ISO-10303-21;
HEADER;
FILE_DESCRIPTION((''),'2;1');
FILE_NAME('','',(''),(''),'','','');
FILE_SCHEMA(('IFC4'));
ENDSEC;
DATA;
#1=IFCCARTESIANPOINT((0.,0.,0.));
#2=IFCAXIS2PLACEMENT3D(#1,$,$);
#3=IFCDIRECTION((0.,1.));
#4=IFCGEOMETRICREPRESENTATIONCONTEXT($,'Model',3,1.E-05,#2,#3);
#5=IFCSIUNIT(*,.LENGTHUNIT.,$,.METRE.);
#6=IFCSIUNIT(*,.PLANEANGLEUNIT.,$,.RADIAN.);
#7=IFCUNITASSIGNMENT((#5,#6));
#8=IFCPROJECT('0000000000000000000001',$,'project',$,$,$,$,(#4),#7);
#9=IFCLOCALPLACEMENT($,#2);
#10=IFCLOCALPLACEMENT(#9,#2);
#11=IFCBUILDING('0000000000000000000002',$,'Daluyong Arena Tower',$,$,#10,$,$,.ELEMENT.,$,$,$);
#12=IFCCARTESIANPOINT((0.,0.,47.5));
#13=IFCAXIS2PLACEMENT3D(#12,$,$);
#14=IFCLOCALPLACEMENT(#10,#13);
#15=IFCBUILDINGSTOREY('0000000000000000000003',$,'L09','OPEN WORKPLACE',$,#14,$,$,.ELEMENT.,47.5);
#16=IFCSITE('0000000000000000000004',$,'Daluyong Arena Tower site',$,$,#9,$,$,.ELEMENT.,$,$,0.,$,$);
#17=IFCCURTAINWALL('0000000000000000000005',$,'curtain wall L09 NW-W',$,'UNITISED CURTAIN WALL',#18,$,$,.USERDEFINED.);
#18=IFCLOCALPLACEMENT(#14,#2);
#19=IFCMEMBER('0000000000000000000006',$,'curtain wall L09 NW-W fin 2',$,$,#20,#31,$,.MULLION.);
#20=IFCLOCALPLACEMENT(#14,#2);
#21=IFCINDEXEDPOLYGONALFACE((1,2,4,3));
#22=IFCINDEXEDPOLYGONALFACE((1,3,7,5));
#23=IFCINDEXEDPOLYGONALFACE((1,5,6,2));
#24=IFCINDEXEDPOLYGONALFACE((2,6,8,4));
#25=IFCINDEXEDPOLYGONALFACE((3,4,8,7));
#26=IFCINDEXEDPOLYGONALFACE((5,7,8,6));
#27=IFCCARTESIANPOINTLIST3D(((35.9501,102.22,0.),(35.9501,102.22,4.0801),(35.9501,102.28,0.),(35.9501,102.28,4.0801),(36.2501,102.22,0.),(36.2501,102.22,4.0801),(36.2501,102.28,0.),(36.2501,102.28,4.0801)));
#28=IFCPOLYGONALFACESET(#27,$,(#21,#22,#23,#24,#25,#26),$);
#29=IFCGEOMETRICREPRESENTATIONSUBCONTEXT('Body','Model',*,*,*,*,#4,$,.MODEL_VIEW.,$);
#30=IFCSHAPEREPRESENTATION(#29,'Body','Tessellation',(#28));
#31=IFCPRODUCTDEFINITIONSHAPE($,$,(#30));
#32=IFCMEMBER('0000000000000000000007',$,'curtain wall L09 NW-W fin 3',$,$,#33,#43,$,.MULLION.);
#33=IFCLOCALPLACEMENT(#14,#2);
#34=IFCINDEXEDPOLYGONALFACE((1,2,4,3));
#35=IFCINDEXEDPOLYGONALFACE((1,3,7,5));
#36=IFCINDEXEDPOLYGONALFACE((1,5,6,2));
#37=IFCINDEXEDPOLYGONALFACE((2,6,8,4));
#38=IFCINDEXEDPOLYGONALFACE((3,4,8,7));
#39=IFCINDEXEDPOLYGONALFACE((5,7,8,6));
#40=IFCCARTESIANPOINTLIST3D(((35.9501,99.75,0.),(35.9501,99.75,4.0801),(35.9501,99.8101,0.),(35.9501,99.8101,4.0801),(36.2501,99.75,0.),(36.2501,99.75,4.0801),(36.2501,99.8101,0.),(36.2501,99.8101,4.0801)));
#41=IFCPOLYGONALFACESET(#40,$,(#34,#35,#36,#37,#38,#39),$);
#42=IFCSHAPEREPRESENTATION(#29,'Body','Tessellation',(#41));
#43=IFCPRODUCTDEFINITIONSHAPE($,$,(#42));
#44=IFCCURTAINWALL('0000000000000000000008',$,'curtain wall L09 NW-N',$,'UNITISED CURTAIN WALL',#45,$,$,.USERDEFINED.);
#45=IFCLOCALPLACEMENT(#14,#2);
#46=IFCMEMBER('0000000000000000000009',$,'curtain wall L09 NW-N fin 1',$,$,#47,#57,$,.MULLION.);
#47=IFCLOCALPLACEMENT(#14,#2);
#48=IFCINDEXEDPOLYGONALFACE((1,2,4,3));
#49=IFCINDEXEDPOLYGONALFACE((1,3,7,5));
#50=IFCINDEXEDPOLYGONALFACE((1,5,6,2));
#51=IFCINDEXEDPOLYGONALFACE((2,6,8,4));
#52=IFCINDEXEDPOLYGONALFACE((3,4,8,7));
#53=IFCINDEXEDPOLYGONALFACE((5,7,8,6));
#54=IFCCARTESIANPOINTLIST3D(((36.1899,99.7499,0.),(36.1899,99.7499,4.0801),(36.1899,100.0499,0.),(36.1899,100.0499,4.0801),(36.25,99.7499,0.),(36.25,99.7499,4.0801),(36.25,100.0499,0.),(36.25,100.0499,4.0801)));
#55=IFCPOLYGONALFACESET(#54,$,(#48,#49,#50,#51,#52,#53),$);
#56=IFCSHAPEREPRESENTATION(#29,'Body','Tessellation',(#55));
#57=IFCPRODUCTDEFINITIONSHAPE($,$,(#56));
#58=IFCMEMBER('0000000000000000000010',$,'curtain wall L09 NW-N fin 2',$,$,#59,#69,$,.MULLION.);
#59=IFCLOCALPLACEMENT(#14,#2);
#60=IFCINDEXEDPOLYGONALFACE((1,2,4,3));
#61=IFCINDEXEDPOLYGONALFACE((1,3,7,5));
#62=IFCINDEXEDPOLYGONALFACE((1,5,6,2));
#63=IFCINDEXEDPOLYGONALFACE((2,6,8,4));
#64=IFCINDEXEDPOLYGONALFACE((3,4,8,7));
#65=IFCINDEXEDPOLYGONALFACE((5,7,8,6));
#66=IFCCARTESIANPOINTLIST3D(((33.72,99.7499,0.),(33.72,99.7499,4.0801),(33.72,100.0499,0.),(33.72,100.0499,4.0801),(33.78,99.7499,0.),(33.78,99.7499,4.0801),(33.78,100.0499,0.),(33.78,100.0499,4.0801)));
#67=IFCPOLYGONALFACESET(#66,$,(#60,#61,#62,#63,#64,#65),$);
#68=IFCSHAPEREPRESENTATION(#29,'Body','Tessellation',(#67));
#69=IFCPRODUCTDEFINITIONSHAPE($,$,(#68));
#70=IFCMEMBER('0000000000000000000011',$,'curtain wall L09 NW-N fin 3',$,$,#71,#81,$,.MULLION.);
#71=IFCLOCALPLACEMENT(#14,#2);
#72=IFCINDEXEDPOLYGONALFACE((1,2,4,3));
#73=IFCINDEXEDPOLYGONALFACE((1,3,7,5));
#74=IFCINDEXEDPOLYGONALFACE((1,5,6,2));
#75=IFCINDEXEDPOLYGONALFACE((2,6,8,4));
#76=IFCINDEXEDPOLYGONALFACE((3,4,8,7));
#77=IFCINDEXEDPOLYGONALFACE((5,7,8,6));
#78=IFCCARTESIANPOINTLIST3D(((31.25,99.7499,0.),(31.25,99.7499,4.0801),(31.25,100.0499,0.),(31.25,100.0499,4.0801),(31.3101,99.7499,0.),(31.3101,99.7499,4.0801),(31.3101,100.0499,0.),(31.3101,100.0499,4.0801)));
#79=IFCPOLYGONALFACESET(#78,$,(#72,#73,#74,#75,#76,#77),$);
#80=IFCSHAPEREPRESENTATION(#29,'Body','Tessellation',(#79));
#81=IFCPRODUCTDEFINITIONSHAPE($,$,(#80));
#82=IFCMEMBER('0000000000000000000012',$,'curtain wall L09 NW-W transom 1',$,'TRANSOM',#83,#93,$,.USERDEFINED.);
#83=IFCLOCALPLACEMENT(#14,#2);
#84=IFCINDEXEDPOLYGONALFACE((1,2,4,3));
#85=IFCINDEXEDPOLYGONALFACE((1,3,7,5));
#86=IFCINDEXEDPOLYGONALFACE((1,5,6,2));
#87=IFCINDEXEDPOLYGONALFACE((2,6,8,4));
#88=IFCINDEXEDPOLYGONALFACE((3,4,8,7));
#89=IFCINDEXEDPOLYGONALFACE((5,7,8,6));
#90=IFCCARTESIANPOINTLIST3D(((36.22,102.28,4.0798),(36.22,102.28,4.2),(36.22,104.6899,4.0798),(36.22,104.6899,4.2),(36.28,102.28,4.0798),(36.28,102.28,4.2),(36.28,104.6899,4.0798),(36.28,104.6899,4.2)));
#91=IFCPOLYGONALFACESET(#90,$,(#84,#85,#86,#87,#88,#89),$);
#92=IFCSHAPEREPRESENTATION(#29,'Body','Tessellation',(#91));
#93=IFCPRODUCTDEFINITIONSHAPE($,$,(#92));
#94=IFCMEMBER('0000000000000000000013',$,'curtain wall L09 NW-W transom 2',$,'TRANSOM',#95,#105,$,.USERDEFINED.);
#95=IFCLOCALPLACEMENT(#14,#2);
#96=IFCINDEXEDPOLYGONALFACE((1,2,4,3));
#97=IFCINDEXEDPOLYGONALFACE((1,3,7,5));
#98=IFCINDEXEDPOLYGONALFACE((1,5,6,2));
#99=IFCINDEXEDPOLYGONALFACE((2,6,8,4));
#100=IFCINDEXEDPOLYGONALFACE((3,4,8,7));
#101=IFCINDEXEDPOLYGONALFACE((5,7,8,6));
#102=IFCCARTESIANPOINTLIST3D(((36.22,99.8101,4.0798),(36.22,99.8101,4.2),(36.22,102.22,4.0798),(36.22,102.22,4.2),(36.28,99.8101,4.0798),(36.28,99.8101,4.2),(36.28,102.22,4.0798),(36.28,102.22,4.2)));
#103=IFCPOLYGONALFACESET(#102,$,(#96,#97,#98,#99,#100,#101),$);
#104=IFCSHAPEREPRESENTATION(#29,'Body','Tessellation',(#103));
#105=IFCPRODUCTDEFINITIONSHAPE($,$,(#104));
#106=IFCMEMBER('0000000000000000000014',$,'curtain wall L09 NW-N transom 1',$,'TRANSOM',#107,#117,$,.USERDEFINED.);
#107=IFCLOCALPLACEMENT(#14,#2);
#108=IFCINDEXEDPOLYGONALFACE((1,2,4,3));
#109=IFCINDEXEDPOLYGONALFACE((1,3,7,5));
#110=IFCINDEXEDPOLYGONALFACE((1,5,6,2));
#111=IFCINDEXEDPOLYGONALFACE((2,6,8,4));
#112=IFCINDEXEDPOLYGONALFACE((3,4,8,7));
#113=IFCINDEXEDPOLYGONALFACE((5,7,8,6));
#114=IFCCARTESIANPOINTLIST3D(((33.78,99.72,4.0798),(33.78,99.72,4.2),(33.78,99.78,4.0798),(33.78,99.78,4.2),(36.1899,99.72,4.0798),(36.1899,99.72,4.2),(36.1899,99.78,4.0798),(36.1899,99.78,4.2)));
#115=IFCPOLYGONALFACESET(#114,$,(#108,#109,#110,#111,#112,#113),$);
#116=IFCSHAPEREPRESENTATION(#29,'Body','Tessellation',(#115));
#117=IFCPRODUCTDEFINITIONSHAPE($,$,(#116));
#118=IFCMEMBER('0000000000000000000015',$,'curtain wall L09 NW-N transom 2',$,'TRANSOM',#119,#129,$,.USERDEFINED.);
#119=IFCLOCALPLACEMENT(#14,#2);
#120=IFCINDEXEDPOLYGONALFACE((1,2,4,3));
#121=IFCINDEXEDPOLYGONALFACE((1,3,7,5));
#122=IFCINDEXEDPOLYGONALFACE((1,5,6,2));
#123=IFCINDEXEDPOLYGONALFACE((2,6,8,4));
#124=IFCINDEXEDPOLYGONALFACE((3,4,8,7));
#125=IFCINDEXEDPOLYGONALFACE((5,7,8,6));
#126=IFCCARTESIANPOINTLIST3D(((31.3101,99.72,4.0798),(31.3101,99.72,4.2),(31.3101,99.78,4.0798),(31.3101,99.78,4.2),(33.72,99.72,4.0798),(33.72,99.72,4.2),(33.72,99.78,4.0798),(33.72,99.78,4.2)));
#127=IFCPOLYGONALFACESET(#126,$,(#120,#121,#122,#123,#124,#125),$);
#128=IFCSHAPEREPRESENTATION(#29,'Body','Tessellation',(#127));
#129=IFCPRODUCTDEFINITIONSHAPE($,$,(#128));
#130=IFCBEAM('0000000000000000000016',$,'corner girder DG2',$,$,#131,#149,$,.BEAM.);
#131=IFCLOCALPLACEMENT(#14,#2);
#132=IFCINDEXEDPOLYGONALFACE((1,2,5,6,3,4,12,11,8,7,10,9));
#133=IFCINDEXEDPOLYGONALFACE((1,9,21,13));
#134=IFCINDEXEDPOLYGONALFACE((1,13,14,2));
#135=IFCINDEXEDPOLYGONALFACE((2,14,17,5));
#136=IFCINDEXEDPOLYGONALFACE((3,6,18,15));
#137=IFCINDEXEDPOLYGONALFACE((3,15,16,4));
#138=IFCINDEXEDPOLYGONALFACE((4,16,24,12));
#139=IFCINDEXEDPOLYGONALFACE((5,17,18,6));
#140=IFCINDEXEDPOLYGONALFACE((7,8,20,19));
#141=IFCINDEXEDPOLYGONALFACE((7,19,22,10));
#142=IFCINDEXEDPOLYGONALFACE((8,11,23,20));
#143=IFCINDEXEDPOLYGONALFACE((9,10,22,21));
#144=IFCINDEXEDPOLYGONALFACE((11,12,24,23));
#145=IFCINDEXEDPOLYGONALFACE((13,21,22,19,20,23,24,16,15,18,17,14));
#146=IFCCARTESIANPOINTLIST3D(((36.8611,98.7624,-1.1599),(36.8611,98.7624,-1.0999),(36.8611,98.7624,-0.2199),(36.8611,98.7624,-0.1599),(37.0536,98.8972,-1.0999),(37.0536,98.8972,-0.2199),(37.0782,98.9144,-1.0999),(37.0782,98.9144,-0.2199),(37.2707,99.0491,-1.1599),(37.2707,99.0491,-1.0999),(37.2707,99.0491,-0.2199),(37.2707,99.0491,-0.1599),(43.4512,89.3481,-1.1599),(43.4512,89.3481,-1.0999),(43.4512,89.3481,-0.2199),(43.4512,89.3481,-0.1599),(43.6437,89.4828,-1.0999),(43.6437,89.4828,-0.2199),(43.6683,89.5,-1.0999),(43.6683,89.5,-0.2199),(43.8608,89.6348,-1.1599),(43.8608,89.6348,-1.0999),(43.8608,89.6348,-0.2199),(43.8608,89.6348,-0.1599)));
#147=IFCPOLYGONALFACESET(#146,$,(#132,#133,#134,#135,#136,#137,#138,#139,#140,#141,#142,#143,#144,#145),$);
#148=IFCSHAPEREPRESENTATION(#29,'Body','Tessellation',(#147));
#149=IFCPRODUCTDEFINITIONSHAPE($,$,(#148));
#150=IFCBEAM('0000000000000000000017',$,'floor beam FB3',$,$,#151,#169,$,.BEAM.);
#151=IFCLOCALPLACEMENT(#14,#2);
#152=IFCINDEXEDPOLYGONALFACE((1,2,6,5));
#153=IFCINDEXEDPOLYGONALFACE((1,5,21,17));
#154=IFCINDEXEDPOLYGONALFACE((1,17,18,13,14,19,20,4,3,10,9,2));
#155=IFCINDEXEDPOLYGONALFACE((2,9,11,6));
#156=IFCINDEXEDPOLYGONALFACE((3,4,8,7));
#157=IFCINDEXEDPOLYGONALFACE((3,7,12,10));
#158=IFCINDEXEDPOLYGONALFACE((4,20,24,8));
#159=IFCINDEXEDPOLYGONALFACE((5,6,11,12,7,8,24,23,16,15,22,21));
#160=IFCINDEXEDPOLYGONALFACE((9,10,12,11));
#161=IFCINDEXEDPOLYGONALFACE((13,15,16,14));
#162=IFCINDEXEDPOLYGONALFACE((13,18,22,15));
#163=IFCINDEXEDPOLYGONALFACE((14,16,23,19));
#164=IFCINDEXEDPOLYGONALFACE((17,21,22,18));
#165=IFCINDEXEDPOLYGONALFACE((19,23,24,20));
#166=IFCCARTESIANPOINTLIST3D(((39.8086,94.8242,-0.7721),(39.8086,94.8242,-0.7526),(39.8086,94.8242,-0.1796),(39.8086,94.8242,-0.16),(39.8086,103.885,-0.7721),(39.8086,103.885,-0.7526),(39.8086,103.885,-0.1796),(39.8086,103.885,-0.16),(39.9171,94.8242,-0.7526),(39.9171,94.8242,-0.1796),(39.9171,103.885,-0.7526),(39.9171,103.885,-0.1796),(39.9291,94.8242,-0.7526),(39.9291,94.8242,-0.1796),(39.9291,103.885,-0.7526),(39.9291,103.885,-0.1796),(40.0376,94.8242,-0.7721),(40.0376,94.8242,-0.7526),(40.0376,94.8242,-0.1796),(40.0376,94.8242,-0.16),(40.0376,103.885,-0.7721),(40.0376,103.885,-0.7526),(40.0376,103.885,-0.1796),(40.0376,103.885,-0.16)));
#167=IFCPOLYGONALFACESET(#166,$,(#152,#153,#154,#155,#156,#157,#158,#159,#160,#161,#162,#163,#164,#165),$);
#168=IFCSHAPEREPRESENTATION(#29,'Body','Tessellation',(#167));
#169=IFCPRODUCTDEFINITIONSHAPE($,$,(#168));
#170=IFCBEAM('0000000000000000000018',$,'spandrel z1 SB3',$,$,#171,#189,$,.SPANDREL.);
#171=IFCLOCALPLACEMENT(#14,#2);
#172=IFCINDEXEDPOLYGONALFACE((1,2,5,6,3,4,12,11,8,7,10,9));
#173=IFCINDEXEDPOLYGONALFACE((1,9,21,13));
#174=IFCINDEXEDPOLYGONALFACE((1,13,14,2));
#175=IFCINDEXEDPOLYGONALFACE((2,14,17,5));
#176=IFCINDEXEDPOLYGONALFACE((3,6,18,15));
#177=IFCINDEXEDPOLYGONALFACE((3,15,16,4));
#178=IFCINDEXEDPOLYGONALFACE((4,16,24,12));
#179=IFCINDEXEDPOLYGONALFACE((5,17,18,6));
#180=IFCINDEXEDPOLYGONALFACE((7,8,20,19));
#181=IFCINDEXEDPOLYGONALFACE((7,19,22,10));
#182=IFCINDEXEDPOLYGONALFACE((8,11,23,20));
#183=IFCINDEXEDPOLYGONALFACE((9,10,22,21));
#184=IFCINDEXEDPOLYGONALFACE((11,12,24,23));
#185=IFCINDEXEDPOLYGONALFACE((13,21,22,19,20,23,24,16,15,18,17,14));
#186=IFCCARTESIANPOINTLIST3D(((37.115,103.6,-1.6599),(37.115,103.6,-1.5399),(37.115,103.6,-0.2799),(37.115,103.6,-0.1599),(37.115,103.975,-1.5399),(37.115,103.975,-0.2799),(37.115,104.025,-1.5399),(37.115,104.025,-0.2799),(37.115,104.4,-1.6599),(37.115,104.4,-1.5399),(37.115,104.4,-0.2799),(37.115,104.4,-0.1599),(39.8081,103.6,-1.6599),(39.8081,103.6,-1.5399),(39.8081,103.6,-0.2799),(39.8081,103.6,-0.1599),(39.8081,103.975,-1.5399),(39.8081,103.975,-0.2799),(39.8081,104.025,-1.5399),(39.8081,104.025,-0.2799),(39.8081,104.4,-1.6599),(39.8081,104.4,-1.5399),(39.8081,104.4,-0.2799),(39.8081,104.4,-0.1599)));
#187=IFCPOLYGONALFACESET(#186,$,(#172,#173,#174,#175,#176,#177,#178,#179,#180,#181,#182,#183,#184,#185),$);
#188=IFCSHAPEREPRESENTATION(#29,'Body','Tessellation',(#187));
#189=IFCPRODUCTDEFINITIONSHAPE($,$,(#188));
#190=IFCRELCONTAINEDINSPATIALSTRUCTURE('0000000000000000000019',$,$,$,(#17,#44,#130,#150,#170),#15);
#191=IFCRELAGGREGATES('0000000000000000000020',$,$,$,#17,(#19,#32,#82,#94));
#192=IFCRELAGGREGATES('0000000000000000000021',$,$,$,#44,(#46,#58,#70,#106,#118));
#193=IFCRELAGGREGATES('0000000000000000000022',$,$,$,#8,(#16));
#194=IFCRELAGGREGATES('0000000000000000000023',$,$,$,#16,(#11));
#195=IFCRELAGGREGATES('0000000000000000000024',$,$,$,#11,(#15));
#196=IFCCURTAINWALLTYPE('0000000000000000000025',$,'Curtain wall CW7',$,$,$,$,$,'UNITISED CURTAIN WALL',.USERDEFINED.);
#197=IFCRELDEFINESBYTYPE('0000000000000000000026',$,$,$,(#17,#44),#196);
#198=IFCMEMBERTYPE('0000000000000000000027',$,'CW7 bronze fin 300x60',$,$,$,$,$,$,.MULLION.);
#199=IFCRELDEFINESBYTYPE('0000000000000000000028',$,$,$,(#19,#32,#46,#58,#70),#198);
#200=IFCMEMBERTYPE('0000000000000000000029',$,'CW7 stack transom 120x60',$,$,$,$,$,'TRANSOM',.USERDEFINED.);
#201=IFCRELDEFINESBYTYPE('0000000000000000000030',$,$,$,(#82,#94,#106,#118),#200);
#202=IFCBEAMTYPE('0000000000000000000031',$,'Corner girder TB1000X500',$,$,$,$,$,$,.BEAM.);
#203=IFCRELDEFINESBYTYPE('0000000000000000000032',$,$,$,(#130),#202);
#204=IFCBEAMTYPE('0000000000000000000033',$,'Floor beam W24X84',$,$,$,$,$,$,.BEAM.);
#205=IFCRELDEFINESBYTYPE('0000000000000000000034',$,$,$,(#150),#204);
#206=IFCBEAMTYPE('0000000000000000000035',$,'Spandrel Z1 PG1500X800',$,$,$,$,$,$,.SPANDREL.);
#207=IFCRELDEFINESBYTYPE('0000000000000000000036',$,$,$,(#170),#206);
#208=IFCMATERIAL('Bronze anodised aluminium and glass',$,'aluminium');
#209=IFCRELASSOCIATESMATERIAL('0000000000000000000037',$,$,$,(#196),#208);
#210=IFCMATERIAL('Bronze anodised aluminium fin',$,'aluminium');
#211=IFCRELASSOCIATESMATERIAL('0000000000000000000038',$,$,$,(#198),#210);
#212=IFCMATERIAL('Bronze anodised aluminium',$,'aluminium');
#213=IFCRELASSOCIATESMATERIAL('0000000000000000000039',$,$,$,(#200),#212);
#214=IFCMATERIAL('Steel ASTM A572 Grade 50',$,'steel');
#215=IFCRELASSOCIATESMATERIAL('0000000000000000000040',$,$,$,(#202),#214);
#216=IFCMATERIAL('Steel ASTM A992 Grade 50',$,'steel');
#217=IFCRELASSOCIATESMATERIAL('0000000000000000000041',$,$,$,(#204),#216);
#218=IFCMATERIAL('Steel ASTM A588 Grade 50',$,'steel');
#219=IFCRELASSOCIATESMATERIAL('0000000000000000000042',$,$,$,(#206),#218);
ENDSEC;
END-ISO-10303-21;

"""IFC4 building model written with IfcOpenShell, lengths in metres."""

from ifc_helpers import new_model, si_unit, direction, frame, origin, origin_2d, place, context, subcontext, project, spatial, rectangle, i_section, extrude, material, material_profile, profile_set, type_object, element, aggregate, save


model = new_model("IFC4")

# Units and contexts
model_context = context("Model", 3, precision=1e-05, world=origin(), true_north=direction((0.0, 1.0)))
body_context = subcontext(model_context, "Body", "Model", "MODEL_VIEW")
ifc_project = project(units=[si_unit("LENGTHUNIT", "METRE"), si_unit("PLANEANGLEUNIT", "RADIAN")], contexts=[model_context])

# Site, building, storey
site_placement = place(None, origin())
site = spatial("IfcSite", under=ifc_project, at=site_placement, Name="Daluyong Arena Tower site", CompositionType="ELEMENT", RefElevation=0.0)
building_placement = place(site_placement, origin())
building = spatial("IfcBuilding", under=site, at=building_placement, Name="Daluyong Arena Tower", CompositionType="ELEMENT")
storey_placement = place(building_placement, frame((0.0, 0.0, 47.5)))
storey = spatial("IfcBuildingStorey", under=building, at=storey_placement, Name="L09", Description="OPEN WORKPLACE", CompositionType="ELEMENT", Elevation=47.5)

# Curtain walls, members
ifc_material_1 = material(Name="Bronze anodised aluminium and glass", Category="aluminium")
curtain_wall_type_1 = type_object("IfcCurtainWallType", Name="Curtain wall CW7", ElementType="UNITISED CURTAIN WALL", PredefinedType="USERDEFINED", material=ifc_material_1)
curtain_wall_1_placement = place(storey_placement, origin())
curtain_wall_1 = element("IfcCurtainWall", 1, at=curtain_wall_1_placement, inside=storey, type_object=curtain_wall_type_1, Name="curtain wall L09 NW-W", ObjectType="UNITISED CURTAIN WALL", PredefinedType="USERDEFINED")
ifc_material_2 = material(Name="Bronze anodised aluminium fin", Category="aluminium")
ifc_material_profile_1 = material_profile(ifc_material_2, rectangle(XDim=0.3, YDim=0.0601, at=origin_2d()))
ifc_profile_set_1 = profile_set([ifc_material_profile_1], Name="Bronze anodised aluminium fin")
member_type_1 = type_object("IfcMemberType", Name="CW7 bronze fin 300x60", PredefinedType="MULLION", material=ifc_profile_set_1)
member_1_placement = place(storey_placement, frame((36.1001, 102.25, 0.0), z_axis=(0.0, 0.0, 1.0), x_axis=(1.0, 0.0, 0.0)))
member_1 = element("IfcMember", 2, at=member_1_placement, type_object=member_type_1, Name="curtain wall L09 NW-W fin 2", PredefinedType="MULLION", context=body_context, shape_type="SweptSolid", body=[
    extrude(rectangle(XDim=0.3, YDim=0.0601, at=origin_2d()), origin(), (0.0, 0.0, 1.0), 4.0801),
])
member_2_placement = place(storey_placement, frame((36.1001, 99.78, 0.0), z_axis=(0.0, 0.0, 1.0), x_axis=(1.0, 0.0, 0.0)))
member_2 = element("IfcMember", 3, at=member_2_placement, type_object=member_type_1, Name="curtain wall L09 NW-W fin 3", PredefinedType="MULLION", context=body_context, shape_type="SweptSolid", body=[
    extrude(rectangle(XDim=0.3, YDim=0.0601, at=origin_2d()), origin(), (0.0, 0.0, 1.0), 4.0801),
])
curtain_wall_2_placement = place(storey_placement, origin())
curtain_wall_2 = element("IfcCurtainWall", 4, at=curtain_wall_2_placement, inside=storey, type_object=curtain_wall_type_1, Name="curtain wall L09 NW-N", ObjectType="UNITISED CURTAIN WALL", PredefinedType="USERDEFINED")
member_3_placement = place(storey_placement, frame((36.22, 99.8999, 0.0), z_axis=(0.0, 0.0, 1.0), x_axis=(0.0, -1.0, 0.0)))
member_3 = element("IfcMember", 5, at=member_3_placement, type_object=member_type_1, Name="curtain wall L09 NW-N fin 1", PredefinedType="MULLION", context=body_context, shape_type="SweptSolid", body=[
    extrude(rectangle(XDim=0.3, YDim=0.0601, at=origin_2d()), origin(), (0.0, 0.0, 1.0), 4.0801),
])
member_4_placement = place(storey_placement, frame((33.75, 99.8999, 0.0), z_axis=(0.0, 0.0, 1.0), x_axis=(0.0, -1.0, 0.0)))
member_4 = element("IfcMember", 6, at=member_4_placement, type_object=member_type_1, Name="curtain wall L09 NW-N fin 2", PredefinedType="MULLION", context=body_context, shape_type="SweptSolid", body=[
    extrude(rectangle(XDim=0.3, YDim=0.0601, at=origin_2d()), origin(), (0.0, 0.0, 1.0), 4.0801),
])
member_5_placement = place(storey_placement, frame((31.28, 99.8999, 0.0), z_axis=(0.0, 0.0, 1.0), x_axis=(0.0, -1.0, 0.0)))
member_5 = element("IfcMember", 7, at=member_5_placement, type_object=member_type_1, Name="curtain wall L09 NW-N fin 3", PredefinedType="MULLION", context=body_context, shape_type="SweptSolid", body=[
    extrude(rectangle(XDim=0.3, YDim=0.0601, at=origin_2d()), origin(), (0.0, 0.0, 1.0), 4.0801),
])

# Members
ifc_material_3 = material(Name="Bronze anodised aluminium", Category="aluminium")
ifc_material_profile_2 = material_profile(ifc_material_3, rectangle(XDim=0.0601, YDim=0.1201, at=origin_2d()))
ifc_profile_set_2 = profile_set([ifc_material_profile_2], Name="Bronze anodised aluminium")
member_type_2 = type_object("IfcMemberType", Name="CW7 stack transom 120x60", ElementType="TRANSOM", PredefinedType="USERDEFINED", material=ifc_profile_set_2)
member_6_placement = place(storey_placement, frame((36.25, 104.6899, 4.1399), z_axis=(0.0, -1.0, 0.0), x_axis=(1.0, 0.0, 0.0)))
member_6 = element("IfcMember", 8, at=member_6_placement, type_object=member_type_2, Name="curtain wall L09 NW-W transom 1", ObjectType="TRANSOM", PredefinedType="USERDEFINED", context=body_context, shape_type="SweptSolid", body=[
    extrude(rectangle(XDim=0.0601, YDim=0.1201, at=origin_2d()), origin(), (0.0, 0.0, 1.0), 2.4099),
])
member_7_placement = place(storey_placement, frame((36.25, 102.22, 4.1399), z_axis=(0.0, -1.0, 0.0), x_axis=(1.0, 0.0, 0.0)))
member_7 = element("IfcMember", 9, at=member_7_placement, type_object=member_type_2, Name="curtain wall L09 NW-W transom 2", ObjectType="TRANSOM", PredefinedType="USERDEFINED", context=body_context, shape_type="SweptSolid", body=[
    extrude(rectangle(XDim=0.0601, YDim=0.1201, at=origin_2d()), origin(), (0.0, 0.0, 1.0), 2.4099),
])
member_8_placement = place(storey_placement, frame((36.1899, 99.75, 4.1399), z_axis=(-1.0, 0.0, 0.0), x_axis=(0.0, -1.0, 0.0)))
member_8 = element("IfcMember", 10, at=member_8_placement, type_object=member_type_2, Name="curtain wall L09 NW-N transom 1", ObjectType="TRANSOM", PredefinedType="USERDEFINED", context=body_context, shape_type="SweptSolid", body=[
    extrude(rectangle(XDim=0.0601, YDim=0.1201, at=origin_2d()), origin(), (0.0, 0.0, 1.0), 2.4099),
])
member_9_placement = place(storey_placement, frame((33.72, 99.75, 4.1399), z_axis=(-1.0, 0.0, 0.0), x_axis=(0.0, -1.0, 0.0)))
member_9 = element("IfcMember", 11, at=member_9_placement, type_object=member_type_2, Name="curtain wall L09 NW-N transom 2", ObjectType="TRANSOM", PredefinedType="USERDEFINED", context=body_context, shape_type="SweptSolid", body=[
    extrude(rectangle(XDim=0.0601, YDim=0.1201, at=origin_2d()), origin(), (0.0, 0.0, 1.0), 2.4099),
])

# Beams
ifc_material_4 = material(Name="Steel ASTM A572 Grade 50", Category="steel")
ifc_material_profile_3 = material_profile(ifc_material_4, i_section(OverallWidth=0.5, OverallDepth=1.0, WebThickness=0.03, FlangeThickness=0.06, at=origin_2d()))
ifc_profile_set_3 = profile_set([ifc_material_profile_3], Name="Steel ASTM A572 Grade 50")
beam_type_1 = type_object("IfcBeamType", Name="Corner girder TB1000X500", PredefinedType="BEAM", material=ifc_profile_set_3)
beam_1_placement = place(storey_placement, frame((37.0659, 98.9058, -0.6599), z_axis=(0.573467, -0.819229, 0.0), x_axis=(0.819229, 0.573467, 0.0)))
element("IfcBeam", 12, at=beam_1_placement, inside=storey, type_object=beam_type_1, Name="corner girder DG2", PredefinedType="BEAM", context=body_context, shape_type="SweptSolid", body=[
    extrude(i_section(OverallWidth=0.5, OverallDepth=1.0, WebThickness=0.03, FlangeThickness=0.06, at=origin_2d()), origin(), (0.0, 0.0, 1.0), 11.4917),
])
ifc_material_5 = material(Name="Steel ASTM A992 Grade 50", Category="steel")
ifc_material_profile_4 = material_profile(ifc_material_5, i_section(OverallWidth=0.229, OverallDepth=0.6121, WebThickness=0.012, FlangeThickness=0.0195, at=origin_2d()))
ifc_profile_set_4 = profile_set([ifc_material_profile_4], Name="Steel ASTM A992 Grade 50")
beam_type_2 = type_object("IfcBeamType", Name="Floor beam W24X84", PredefinedType="BEAM", material=ifc_profile_set_4)
beam_2_placement = place(storey_placement, frame((39.9231, 103.885, -0.4661), z_axis=(0.0, -1.0, 0.0), x_axis=(1.0, 0.0, 0.0)))
element("IfcBeam", 13, at=beam_2_placement, inside=storey, type_object=beam_type_2, Name="floor beam FB3", PredefinedType="BEAM", context=body_context, shape_type="SweptSolid", body=[
    extrude(i_section(OverallWidth=0.229, OverallDepth=0.6121, WebThickness=0.012, FlangeThickness=0.0195, at=origin_2d()), origin(), (0.0, 0.0, 1.0), 9.0608),
])
ifc_material_6 = material(Name="Steel ASTM A588 Grade 50", Category="steel")
ifc_material_profile_5 = material_profile(ifc_material_6, i_section(OverallWidth=0.8, OverallDepth=1.5, WebThickness=0.05, FlangeThickness=0.12, at=origin_2d()))
ifc_profile_set_5 = profile_set([ifc_material_profile_5], Name="Steel ASTM A588 Grade 50")
beam_type_3 = type_object("IfcBeamType", Name="Spandrel Z1 PG1500X800", PredefinedType="SPANDREL", material=ifc_profile_set_5)
beam_3_placement = place(storey_placement, frame((39.8081, 104.0, -0.9099), z_axis=(-1.0, 0.0, 0.0), x_axis=(0.0, -1.0, 0.0)))
element("IfcBeam", 14, at=beam_3_placement, inside=storey, type_object=beam_type_3, Name="spandrel z1 SB3", PredefinedType="SPANDREL", context=body_context, shape_type="SweptSolid", body=[
    extrude(i_section(OverallWidth=0.8, OverallDepth=1.5, WebThickness=0.05, FlangeThickness=0.12, at=origin_2d()), origin(), (0.0, 0.0, 1.0), 2.6931),
])

aggregate(curtain_wall_1, [member_1, member_2, member_6, member_7])
aggregate(curtain_wall_2, [member_3, member_4, member_5, member_8, member_9])

save(model, "model.ifc")
